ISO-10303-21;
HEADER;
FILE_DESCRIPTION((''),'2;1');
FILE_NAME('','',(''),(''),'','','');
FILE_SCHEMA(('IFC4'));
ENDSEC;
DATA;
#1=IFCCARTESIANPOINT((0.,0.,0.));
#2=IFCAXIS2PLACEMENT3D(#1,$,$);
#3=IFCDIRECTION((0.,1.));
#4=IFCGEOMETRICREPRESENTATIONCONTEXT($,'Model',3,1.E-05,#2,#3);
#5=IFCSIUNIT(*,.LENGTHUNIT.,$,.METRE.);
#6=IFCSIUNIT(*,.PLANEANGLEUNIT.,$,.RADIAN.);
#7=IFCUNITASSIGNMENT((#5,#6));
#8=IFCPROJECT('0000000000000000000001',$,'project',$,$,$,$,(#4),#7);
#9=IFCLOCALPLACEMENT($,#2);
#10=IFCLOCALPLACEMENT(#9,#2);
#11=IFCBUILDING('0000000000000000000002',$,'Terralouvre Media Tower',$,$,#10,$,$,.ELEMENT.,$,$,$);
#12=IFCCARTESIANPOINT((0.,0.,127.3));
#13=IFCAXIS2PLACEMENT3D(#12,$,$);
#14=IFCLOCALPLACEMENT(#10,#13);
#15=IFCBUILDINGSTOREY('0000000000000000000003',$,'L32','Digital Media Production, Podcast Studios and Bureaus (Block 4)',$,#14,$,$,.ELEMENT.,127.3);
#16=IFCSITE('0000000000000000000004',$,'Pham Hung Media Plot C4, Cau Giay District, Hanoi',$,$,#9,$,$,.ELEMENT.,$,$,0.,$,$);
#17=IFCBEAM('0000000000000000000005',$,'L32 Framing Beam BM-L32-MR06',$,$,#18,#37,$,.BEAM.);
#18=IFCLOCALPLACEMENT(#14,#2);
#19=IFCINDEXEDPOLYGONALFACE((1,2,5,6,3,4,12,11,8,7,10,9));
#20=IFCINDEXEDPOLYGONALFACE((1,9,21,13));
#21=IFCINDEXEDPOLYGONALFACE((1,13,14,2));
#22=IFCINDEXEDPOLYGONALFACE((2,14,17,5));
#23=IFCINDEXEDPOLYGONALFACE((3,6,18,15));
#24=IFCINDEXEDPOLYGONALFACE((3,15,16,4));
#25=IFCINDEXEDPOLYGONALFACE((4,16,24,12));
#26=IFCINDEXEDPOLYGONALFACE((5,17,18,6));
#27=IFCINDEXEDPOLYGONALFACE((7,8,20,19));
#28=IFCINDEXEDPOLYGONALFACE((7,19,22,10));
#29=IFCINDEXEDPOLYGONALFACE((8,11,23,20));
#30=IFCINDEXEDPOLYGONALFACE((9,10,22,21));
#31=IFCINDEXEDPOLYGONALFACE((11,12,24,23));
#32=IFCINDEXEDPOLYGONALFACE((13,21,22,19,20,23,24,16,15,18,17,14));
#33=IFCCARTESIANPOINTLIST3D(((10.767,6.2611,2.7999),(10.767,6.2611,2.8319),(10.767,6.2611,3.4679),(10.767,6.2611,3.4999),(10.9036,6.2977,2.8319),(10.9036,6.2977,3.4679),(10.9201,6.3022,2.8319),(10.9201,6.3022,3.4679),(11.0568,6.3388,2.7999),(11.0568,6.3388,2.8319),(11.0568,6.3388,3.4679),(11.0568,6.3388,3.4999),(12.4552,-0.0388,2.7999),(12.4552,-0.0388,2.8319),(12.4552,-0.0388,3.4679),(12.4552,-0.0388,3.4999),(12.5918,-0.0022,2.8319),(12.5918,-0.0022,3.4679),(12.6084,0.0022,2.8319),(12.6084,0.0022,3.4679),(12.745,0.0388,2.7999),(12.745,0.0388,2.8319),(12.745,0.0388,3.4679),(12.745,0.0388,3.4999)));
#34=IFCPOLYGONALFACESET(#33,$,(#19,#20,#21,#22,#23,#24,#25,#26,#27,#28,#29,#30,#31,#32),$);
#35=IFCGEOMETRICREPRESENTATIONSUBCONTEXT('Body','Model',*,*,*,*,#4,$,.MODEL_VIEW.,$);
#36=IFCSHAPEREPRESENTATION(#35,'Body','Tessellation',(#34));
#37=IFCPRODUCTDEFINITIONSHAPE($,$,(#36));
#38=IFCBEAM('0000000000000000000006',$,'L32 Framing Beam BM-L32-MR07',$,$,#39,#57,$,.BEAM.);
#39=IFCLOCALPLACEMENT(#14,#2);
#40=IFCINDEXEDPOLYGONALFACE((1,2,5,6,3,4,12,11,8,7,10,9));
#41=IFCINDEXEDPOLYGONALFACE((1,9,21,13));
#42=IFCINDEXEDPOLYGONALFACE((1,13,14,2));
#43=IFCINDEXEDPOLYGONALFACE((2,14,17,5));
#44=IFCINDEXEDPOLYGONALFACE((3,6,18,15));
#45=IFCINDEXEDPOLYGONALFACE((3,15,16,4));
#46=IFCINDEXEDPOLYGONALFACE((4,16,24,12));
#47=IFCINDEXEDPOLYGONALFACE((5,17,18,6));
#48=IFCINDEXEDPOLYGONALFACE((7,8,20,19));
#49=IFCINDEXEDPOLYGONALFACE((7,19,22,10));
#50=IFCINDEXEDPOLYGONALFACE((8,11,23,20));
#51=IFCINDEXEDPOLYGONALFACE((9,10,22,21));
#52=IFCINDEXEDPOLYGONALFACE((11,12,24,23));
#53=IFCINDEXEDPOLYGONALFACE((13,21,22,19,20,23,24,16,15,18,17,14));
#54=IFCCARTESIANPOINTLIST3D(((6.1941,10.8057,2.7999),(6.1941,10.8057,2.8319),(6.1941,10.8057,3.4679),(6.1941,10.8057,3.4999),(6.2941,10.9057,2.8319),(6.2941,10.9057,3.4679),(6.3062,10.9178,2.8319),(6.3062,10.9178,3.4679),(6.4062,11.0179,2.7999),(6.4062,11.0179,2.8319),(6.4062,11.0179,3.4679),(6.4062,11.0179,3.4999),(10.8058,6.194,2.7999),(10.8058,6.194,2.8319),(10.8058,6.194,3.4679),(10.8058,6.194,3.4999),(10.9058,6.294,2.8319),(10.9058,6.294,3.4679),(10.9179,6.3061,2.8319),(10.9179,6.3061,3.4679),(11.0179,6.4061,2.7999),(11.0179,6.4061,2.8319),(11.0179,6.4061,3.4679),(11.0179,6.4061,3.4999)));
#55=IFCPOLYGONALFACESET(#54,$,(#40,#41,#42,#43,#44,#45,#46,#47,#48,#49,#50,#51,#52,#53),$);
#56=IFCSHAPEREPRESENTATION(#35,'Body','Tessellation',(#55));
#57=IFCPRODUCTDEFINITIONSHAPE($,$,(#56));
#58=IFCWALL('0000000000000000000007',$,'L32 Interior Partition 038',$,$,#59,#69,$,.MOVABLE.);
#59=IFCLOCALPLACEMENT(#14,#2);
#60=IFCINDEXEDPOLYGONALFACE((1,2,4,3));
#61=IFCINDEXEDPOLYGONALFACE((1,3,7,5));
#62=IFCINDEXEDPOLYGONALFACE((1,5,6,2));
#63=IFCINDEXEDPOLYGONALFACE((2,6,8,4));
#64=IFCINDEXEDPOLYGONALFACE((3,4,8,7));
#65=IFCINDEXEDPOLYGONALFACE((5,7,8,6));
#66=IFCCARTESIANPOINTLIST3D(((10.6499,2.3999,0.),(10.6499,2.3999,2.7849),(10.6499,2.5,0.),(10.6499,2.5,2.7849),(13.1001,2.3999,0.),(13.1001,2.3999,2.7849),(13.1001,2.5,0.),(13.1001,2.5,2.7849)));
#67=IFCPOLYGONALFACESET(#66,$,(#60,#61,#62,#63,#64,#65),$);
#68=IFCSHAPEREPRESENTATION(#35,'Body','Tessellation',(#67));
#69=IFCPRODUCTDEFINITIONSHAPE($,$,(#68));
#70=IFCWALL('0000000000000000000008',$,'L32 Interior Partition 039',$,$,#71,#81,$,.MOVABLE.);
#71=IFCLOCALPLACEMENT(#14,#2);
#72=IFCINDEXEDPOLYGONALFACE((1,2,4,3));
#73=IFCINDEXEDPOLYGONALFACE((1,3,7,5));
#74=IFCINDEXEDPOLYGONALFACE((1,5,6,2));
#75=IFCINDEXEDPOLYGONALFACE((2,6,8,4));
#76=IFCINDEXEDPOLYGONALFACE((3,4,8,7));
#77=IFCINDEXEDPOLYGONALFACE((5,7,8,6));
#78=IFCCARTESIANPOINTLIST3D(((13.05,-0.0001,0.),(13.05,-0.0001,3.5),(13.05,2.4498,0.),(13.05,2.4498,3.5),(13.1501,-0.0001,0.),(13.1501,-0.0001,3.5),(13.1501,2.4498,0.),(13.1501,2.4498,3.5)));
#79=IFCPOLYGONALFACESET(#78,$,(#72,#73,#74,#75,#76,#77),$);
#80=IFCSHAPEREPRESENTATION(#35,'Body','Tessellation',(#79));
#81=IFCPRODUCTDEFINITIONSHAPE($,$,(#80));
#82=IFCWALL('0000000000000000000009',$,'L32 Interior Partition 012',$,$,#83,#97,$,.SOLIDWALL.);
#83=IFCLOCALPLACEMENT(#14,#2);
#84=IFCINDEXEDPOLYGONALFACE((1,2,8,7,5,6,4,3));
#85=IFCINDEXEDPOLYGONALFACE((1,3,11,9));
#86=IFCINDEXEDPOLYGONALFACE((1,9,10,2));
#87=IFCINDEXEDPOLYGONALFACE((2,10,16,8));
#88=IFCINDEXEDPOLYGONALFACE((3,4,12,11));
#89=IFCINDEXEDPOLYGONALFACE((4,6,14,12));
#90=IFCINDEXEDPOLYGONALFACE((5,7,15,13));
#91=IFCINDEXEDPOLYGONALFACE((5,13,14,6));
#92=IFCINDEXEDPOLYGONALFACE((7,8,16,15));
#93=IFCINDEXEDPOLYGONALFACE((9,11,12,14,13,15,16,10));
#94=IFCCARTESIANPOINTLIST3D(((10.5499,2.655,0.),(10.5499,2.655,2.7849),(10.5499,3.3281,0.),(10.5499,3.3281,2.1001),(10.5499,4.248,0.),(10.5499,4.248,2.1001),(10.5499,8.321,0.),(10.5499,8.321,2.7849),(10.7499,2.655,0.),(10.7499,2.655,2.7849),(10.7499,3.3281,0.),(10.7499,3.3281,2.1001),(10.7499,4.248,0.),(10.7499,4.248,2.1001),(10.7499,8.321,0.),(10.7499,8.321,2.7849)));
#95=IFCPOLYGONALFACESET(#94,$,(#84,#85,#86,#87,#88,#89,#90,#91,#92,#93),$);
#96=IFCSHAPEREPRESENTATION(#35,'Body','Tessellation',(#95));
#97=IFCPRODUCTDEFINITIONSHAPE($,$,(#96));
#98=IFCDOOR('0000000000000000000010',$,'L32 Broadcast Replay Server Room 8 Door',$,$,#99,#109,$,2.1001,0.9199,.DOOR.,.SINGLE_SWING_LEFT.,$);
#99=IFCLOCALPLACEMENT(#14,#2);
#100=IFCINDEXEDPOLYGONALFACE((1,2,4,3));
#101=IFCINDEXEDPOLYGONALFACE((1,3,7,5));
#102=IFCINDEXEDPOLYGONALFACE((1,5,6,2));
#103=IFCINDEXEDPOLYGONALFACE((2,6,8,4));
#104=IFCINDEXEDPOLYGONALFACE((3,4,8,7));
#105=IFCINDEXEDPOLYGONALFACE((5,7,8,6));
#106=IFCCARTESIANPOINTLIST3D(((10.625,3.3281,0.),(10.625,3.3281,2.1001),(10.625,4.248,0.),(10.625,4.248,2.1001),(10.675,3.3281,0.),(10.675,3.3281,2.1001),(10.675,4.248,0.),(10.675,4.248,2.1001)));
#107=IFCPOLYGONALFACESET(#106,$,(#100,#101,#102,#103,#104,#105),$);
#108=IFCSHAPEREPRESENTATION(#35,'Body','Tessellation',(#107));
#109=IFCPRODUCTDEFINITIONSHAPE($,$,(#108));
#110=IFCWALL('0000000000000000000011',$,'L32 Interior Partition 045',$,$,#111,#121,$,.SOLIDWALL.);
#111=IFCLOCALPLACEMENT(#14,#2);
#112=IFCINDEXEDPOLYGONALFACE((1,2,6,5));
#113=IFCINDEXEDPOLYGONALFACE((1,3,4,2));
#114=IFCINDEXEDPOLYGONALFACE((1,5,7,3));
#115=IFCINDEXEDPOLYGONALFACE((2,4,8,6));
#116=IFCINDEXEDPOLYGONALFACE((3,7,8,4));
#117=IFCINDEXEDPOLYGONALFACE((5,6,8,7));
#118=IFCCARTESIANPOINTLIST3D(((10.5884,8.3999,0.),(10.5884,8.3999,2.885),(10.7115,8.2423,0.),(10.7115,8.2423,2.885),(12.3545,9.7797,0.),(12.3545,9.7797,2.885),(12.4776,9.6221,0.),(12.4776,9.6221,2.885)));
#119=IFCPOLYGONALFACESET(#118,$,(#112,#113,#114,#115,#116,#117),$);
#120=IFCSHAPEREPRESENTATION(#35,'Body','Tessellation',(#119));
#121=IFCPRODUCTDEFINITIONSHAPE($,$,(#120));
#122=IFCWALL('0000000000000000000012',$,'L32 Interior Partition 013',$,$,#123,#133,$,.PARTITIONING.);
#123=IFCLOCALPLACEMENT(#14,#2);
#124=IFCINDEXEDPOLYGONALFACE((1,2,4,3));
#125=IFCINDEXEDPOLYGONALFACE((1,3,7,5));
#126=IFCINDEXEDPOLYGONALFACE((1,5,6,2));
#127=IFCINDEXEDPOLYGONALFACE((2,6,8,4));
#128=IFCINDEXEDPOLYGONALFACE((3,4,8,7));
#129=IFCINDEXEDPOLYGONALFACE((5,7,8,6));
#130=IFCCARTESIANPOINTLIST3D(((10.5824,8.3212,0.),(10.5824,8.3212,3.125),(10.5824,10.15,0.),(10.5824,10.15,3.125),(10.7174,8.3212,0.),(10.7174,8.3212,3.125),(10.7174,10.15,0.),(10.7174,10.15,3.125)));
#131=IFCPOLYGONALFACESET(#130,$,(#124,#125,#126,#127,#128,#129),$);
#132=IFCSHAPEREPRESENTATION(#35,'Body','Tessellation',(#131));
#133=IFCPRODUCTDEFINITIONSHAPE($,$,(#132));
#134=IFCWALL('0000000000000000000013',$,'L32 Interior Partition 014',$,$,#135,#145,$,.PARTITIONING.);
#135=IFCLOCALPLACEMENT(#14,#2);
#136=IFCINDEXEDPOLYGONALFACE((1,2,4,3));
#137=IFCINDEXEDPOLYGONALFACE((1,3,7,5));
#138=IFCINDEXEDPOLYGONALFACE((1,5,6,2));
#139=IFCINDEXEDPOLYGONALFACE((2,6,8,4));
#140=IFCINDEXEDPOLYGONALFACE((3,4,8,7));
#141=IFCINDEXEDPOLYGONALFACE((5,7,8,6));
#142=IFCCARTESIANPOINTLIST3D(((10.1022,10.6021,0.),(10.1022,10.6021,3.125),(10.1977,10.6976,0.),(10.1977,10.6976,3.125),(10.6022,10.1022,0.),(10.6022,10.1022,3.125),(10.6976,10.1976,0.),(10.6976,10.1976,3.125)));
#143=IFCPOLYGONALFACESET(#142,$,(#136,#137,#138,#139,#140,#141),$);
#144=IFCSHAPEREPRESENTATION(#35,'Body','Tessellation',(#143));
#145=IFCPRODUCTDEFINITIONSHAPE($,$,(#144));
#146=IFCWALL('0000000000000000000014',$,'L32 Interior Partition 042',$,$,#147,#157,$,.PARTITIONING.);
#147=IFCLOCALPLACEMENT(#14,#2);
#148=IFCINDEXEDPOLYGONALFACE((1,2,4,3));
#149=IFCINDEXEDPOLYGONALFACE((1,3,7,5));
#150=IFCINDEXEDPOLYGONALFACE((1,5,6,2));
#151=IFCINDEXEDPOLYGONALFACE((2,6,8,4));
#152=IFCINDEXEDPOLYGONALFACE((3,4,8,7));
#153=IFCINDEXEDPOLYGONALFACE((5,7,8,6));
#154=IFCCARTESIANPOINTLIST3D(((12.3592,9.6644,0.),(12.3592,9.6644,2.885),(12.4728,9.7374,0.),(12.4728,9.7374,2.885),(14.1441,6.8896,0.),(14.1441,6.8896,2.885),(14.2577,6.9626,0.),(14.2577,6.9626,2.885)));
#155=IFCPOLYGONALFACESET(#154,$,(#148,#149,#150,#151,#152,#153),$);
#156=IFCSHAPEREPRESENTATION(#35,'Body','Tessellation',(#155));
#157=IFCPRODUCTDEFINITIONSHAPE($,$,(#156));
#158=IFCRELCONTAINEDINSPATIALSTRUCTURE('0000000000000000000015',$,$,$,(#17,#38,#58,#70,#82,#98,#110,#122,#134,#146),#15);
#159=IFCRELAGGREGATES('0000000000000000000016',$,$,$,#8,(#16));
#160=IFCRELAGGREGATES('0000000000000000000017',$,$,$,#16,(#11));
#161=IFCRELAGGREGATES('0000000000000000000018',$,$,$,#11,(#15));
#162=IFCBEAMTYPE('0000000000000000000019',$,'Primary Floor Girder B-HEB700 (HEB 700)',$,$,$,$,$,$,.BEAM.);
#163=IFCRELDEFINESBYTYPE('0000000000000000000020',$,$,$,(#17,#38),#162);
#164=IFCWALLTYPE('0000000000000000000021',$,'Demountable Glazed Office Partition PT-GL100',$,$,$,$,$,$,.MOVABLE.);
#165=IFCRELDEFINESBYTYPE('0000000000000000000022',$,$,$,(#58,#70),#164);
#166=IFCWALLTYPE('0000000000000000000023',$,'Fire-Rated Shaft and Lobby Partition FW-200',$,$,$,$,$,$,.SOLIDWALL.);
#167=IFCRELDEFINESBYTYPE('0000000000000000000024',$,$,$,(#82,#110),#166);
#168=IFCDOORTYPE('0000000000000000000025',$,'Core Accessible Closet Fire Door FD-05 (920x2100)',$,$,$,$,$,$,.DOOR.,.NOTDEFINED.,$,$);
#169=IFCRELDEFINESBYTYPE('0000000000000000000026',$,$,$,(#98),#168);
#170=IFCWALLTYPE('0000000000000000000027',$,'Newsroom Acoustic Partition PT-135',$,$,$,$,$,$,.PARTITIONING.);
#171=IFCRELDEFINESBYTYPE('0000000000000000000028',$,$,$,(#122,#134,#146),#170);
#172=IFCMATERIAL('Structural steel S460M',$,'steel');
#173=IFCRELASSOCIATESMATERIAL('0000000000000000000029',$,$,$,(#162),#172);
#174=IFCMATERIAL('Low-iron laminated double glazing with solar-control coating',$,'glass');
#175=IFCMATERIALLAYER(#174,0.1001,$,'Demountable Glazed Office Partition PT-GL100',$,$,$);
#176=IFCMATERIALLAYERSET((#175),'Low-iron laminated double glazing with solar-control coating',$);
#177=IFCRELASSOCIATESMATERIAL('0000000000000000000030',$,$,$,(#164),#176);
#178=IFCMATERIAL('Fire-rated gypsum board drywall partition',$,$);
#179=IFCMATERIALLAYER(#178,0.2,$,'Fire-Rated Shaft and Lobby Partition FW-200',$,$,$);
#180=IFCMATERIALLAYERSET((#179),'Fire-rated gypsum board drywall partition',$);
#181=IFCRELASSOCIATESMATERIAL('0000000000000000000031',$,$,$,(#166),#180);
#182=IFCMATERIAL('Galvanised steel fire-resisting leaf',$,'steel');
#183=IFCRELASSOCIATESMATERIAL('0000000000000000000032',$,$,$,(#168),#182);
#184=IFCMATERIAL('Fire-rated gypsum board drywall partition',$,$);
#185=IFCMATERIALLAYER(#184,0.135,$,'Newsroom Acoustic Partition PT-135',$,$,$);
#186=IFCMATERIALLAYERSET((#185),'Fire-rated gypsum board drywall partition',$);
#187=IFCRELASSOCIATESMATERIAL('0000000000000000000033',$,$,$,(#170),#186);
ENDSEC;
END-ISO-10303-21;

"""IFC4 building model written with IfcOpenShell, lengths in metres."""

from ifc_helpers import new_model, si_unit, direction, frame, frame_2d, origin, origin_2d, place, context, subcontext, project, spatial, rectangle, i_section, extrude, material, layer, layer_set, material_profile, profile_set, type_object, element, fill, save


model = new_model("IFC4")

# Units and contexts
model_context = context("Model", 3, precision=1e-05, world=origin(), true_north=direction((0.0, 1.0)))
body_context = subcontext(model_context, "Body", "Model", "MODEL_VIEW")
ifc_project = project(units=[si_unit("LENGTHUNIT", "METRE"), si_unit("PLANEANGLEUNIT", "RADIAN")], contexts=[model_context])

# Site, building, storey
site_placement = place(None, origin())
site = spatial("IfcSite", under=ifc_project, at=site_placement, Name="Pham Hung Media Plot C4, Cau Giay District, Hanoi", CompositionType="ELEMENT", RefElevation=0.0)
building_placement = place(site_placement, origin())
building = spatial("IfcBuilding", under=site, at=building_placement, Name="Terralouvre Media Tower", CompositionType="ELEMENT")
storey_placement = place(building_placement, frame((0.0, 0.0, 127.3)))
storey = spatial("IfcBuildingStorey", under=building, at=storey_placement, Name="L32", Description="Digital Media Production, Podcast Studios and Bureaus (Block 4)", CompositionType="ELEMENT", Elevation=127.3)

# Beams
ifc_material_1 = material(Name="Structural steel S460M", Category="steel")
ifc_material_profile_1 = material_profile(ifc_material_1, i_section(OverallWidth=0.3, OverallDepth=0.7, WebThickness=0.0171, FlangeThickness=0.032, at=origin_2d()), Name="HEB 700")
ifc_profile_set_1 = profile_set([ifc_material_profile_1], Name="Structural steel S460M")
beam_type_1 = type_object("IfcBeamType", Name="Primary Floor Girder B-HEB700 (HEB 700)", PredefinedType="BEAM", material=ifc_profile_set_1)
beam_1_placement = place(storey_placement, frame((12.6001, 0.0, 3.1499), z_axis=(-0.258839, 0.96592, 0.0), x_axis=(-0.96592, -0.258839, 0.0)))
element("IfcBeam", 1, at=beam_1_placement, inside=storey, type_object=beam_type_1, Name="L32 Framing Beam BM-L32-MR06", PredefinedType="BEAM", context=body_context, shape_type="SweptSolid", body=[
    extrude(i_section(OverallWidth=0.3, OverallDepth=0.7, WebThickness=0.0171, FlangeThickness=0.032, at=origin_2d()), origin(), (0.0, 0.0, 1.0), 6.5222),
])
beam_2_placement = place(storey_placement, frame((10.9119, 6.3, 3.1499), z_axis=(-0.707107, 0.707107, 0.0), x_axis=(-0.707107, -0.707107, 0.0)))
element("IfcBeam", 2, at=beam_2_placement, inside=storey, type_object=beam_type_1, Name="L32 Framing Beam BM-L32-MR07", PredefinedType="BEAM", context=body_context, shape_type="SweptSolid", body=[
    extrude(i_section(OverallWidth=0.3, OverallDepth=0.7, WebThickness=0.0171, FlangeThickness=0.032, at=origin_2d()), origin(), (0.0, 0.0, 1.0), 6.522),
])

# Walls
ifc_material_2 = material(Name="Low-iron laminated double glazing with solar-control coating", Category="glass")
ifc_layer_1 = layer(ifc_material_2, 0.1001, Name="Demountable Glazed Office Partition PT-GL100")
ifc_layer_set_1 = layer_set([ifc_layer_1], Name="Low-iron laminated double glazing with solar-control coating")
wall_type_1 = type_object("IfcWallType", Name="Demountable Glazed Office Partition PT-GL100", PredefinedType="MOVABLE", material=ifc_layer_set_1)
wall_1_placement = place(storey_placement, frame((10.6499, 2.45, 0.0), z_axis=(0.0, 0.0, 1.0), x_axis=(1.0, 0.0, 0.0)))
element("IfcWall", 3, at=wall_1_placement, inside=storey, type_object=wall_type_1, Name="L32 Interior Partition 038", PredefinedType="MOVABLE", context=body_context, shape_type="SweptSolid", body=[
    extrude(rectangle(XDim=2.4502, YDim=0.1001, at=frame_2d((1.2251, 0.0))), origin(), (0.0, 0.0, 1.0), 2.7849),
])
wall_2_placement = place(storey_placement, frame((13.1001, 2.45, 0.0), z_axis=(0.0, 0.0, 1.0), x_axis=(0.0, -1.0, 0.0)))
element("IfcWall", 4, at=wall_2_placement, inside=storey, type_object=wall_type_1, Name="L32 Interior Partition 039", PredefinedType="MOVABLE", context=body_context, shape_type="SweptSolid", body=[
    extrude(rectangle(XDim=2.45, YDim=0.1001, at=frame_2d((1.2251, 0.0))), origin(), (0.0, 0.0, 1.0), 3.5),
])

# Wall, opening, door
ifc_material_3 = material(Name="Fire-rated gypsum board drywall partition")
ifc_layer_2 = layer(ifc_material_3, 0.2, Name="Fire-Rated Shaft and Lobby Partition FW-200")
ifc_layer_set_2 = layer_set([ifc_layer_2], Name="Fire-rated gypsum board drywall partition")
wall_type_2 = type_object("IfcWallType", Name="Fire-Rated Shaft and Lobby Partition FW-200", PredefinedType="SOLIDWALL", material=ifc_layer_set_2)
wall_3_placement = place(storey_placement, frame((10.6499, 2.655, 0.0), z_axis=(0.0, 0.0, 1.0), x_axis=(0.0, 1.0, 0.0)))
wall_3 = element("IfcWall", 5, at=wall_3_placement, inside=storey, type_object=wall_type_2, Name="L32 Interior Partition 012", PredefinedType="SOLIDWALL", context=body_context, shape_type="SweptSolid", body=[
    extrude(rectangle(XDim=5.666, YDim=0.2, at=frame_2d((2.833, 0.0))), origin(), (0.0, 0.0, 1.0), 2.7849),
])
opening_1_placement = place(wall_3_placement, frame((0.6731, 0.0, 0.0)))
opening_1 = element("IfcOpeningElement", 6, at=opening_1_placement, cuts=wall_3, PredefinedType="OPENING", context=body_context, shape_type="SweptSolid", body=[
    extrude(rectangle(XDim=0.9199, YDim=2.1001, at=frame_2d((0.46, 1.05))), frame((0.0, 0.1099, 0.0), z_axis=(0.0, -1.0, 0.0), x_axis=(1.0, 0.0, 0.0)), (0.0, 0.0, 1.0), 0.22),
])
ifc_material_4 = material(Name="Galvanised steel fire-resisting leaf", Category="steel")
door_type_1 = type_object("IfcDoorType", Name="Core Accessible Closet Fire Door FD-05 (920x2100)", OperationType="NOTDEFINED", PredefinedType="DOOR", material=ifc_material_4)
door_1_placement = place(opening_1_placement, origin())
door_1 = element("IfcDoor", 7, at=door_1_placement, inside=storey, type_object=door_type_1, Name="L32 Broadcast Replay Server Room 8 Door", OperationType="SINGLE_SWING_LEFT", OverallHeight=2.1001, OverallWidth=0.9199, PredefinedType="DOOR", context=body_context, shape_type="SweptSolid", body=[
    extrude(rectangle(XDim=0.9199, YDim=2.1001, at=frame_2d((0.46, 1.05))), frame((0.0, 0.0249, 0.0), z_axis=(0.0, -1.0, 0.0), x_axis=(1.0, 0.0, 0.0)), (0.0, 0.0, 1.0), 0.05),
])
fill(opening_1, door_1)

# Walls
wall_4_placement = place(storey_placement, frame((12.416, 9.7009, 0.0), z_axis=(0.0, 0.0, 1.0), x_axis=(-0.788001, -0.615674, 0.0)))
element("IfcWall", 8, at=wall_4_placement, inside=storey, type_object=wall_type_2, Name="L32 Interior Partition 045", PredefinedType="SOLIDWALL", context=body_context, shape_type="SweptSolid", body=[
    extrude(rectangle(XDim=2.2412, YDim=0.2, at=frame_2d((1.1206, 0.0))), origin(), (0.0, 0.0, 1.0), 2.885),
])
ifc_material_5 = material(Name="Fire-rated gypsum board drywall partition")
ifc_layer_3 = layer(ifc_material_5, 0.135, Name="Newsroom Acoustic Partition PT-135")
ifc_layer_set_3 = layer_set([ifc_layer_3], Name="Fire-rated gypsum board drywall partition")
wall_type_3 = type_object("IfcWallType", Name="Newsroom Acoustic Partition PT-135", PredefinedType="PARTITIONING", material=ifc_layer_set_3)
wall_5_placement = place(storey_placement, frame((10.6499, 8.321, 0.0), z_axis=(0.0, 0.0, 1.0), x_axis=(0.0, 1.0, 0.0)))
element("IfcWall", 9, at=wall_5_placement, inside=storey, type_object=wall_type_3, Name="L32 Interior Partition 013", PredefinedType="PARTITIONING", context=body_context, shape_type="SweptSolid", body=[
    extrude(rectangle(XDim=1.8289, YDim=0.135, at=frame_2d((0.9146, 0.0))), origin(), (0.0, 0.0, 1.0), 3.125),
])
wall_6_placement = place(storey_placement, frame((10.6499, 10.1499, 0.0), z_axis=(0.0, 0.0, 1.0), x_axis=(-0.707107, 0.707107, 0.0)))
element("IfcWall", 10, at=wall_6_placement, inside=storey, type_object=wall_type_3, Name="L32 Interior Partition 014", PredefinedType="PARTITIONING", context=body_context, shape_type="SweptSolid", body=[
    extrude(rectangle(XDim=0.707, YDim=0.135, at=frame_2d((0.3535, 0.0))), origin(), (0.0, 0.0, 1.0), 3.125),
])
wall_7_placement = place(storey_placement, frame((12.416, 9.7009, 0.0), z_axis=(0.0, 0.0, 1.0), x_axis=(0.540982, -0.841034, 0.0)))
element("IfcWall", 11, at=wall_7_placement, inside=storey, type_object=wall_type_3, Name="L32 Interior Partition 042", PredefinedType="PARTITIONING", context=body_context, shape_type="SweptSolid", body=[
    extrude(rectangle(XDim=3.2993, YDim=0.135, at=frame_2d((1.6497, 0.0))), origin(), (0.0, 0.0, 1.0), 2.885),
])

save(model, "model.ifc")
